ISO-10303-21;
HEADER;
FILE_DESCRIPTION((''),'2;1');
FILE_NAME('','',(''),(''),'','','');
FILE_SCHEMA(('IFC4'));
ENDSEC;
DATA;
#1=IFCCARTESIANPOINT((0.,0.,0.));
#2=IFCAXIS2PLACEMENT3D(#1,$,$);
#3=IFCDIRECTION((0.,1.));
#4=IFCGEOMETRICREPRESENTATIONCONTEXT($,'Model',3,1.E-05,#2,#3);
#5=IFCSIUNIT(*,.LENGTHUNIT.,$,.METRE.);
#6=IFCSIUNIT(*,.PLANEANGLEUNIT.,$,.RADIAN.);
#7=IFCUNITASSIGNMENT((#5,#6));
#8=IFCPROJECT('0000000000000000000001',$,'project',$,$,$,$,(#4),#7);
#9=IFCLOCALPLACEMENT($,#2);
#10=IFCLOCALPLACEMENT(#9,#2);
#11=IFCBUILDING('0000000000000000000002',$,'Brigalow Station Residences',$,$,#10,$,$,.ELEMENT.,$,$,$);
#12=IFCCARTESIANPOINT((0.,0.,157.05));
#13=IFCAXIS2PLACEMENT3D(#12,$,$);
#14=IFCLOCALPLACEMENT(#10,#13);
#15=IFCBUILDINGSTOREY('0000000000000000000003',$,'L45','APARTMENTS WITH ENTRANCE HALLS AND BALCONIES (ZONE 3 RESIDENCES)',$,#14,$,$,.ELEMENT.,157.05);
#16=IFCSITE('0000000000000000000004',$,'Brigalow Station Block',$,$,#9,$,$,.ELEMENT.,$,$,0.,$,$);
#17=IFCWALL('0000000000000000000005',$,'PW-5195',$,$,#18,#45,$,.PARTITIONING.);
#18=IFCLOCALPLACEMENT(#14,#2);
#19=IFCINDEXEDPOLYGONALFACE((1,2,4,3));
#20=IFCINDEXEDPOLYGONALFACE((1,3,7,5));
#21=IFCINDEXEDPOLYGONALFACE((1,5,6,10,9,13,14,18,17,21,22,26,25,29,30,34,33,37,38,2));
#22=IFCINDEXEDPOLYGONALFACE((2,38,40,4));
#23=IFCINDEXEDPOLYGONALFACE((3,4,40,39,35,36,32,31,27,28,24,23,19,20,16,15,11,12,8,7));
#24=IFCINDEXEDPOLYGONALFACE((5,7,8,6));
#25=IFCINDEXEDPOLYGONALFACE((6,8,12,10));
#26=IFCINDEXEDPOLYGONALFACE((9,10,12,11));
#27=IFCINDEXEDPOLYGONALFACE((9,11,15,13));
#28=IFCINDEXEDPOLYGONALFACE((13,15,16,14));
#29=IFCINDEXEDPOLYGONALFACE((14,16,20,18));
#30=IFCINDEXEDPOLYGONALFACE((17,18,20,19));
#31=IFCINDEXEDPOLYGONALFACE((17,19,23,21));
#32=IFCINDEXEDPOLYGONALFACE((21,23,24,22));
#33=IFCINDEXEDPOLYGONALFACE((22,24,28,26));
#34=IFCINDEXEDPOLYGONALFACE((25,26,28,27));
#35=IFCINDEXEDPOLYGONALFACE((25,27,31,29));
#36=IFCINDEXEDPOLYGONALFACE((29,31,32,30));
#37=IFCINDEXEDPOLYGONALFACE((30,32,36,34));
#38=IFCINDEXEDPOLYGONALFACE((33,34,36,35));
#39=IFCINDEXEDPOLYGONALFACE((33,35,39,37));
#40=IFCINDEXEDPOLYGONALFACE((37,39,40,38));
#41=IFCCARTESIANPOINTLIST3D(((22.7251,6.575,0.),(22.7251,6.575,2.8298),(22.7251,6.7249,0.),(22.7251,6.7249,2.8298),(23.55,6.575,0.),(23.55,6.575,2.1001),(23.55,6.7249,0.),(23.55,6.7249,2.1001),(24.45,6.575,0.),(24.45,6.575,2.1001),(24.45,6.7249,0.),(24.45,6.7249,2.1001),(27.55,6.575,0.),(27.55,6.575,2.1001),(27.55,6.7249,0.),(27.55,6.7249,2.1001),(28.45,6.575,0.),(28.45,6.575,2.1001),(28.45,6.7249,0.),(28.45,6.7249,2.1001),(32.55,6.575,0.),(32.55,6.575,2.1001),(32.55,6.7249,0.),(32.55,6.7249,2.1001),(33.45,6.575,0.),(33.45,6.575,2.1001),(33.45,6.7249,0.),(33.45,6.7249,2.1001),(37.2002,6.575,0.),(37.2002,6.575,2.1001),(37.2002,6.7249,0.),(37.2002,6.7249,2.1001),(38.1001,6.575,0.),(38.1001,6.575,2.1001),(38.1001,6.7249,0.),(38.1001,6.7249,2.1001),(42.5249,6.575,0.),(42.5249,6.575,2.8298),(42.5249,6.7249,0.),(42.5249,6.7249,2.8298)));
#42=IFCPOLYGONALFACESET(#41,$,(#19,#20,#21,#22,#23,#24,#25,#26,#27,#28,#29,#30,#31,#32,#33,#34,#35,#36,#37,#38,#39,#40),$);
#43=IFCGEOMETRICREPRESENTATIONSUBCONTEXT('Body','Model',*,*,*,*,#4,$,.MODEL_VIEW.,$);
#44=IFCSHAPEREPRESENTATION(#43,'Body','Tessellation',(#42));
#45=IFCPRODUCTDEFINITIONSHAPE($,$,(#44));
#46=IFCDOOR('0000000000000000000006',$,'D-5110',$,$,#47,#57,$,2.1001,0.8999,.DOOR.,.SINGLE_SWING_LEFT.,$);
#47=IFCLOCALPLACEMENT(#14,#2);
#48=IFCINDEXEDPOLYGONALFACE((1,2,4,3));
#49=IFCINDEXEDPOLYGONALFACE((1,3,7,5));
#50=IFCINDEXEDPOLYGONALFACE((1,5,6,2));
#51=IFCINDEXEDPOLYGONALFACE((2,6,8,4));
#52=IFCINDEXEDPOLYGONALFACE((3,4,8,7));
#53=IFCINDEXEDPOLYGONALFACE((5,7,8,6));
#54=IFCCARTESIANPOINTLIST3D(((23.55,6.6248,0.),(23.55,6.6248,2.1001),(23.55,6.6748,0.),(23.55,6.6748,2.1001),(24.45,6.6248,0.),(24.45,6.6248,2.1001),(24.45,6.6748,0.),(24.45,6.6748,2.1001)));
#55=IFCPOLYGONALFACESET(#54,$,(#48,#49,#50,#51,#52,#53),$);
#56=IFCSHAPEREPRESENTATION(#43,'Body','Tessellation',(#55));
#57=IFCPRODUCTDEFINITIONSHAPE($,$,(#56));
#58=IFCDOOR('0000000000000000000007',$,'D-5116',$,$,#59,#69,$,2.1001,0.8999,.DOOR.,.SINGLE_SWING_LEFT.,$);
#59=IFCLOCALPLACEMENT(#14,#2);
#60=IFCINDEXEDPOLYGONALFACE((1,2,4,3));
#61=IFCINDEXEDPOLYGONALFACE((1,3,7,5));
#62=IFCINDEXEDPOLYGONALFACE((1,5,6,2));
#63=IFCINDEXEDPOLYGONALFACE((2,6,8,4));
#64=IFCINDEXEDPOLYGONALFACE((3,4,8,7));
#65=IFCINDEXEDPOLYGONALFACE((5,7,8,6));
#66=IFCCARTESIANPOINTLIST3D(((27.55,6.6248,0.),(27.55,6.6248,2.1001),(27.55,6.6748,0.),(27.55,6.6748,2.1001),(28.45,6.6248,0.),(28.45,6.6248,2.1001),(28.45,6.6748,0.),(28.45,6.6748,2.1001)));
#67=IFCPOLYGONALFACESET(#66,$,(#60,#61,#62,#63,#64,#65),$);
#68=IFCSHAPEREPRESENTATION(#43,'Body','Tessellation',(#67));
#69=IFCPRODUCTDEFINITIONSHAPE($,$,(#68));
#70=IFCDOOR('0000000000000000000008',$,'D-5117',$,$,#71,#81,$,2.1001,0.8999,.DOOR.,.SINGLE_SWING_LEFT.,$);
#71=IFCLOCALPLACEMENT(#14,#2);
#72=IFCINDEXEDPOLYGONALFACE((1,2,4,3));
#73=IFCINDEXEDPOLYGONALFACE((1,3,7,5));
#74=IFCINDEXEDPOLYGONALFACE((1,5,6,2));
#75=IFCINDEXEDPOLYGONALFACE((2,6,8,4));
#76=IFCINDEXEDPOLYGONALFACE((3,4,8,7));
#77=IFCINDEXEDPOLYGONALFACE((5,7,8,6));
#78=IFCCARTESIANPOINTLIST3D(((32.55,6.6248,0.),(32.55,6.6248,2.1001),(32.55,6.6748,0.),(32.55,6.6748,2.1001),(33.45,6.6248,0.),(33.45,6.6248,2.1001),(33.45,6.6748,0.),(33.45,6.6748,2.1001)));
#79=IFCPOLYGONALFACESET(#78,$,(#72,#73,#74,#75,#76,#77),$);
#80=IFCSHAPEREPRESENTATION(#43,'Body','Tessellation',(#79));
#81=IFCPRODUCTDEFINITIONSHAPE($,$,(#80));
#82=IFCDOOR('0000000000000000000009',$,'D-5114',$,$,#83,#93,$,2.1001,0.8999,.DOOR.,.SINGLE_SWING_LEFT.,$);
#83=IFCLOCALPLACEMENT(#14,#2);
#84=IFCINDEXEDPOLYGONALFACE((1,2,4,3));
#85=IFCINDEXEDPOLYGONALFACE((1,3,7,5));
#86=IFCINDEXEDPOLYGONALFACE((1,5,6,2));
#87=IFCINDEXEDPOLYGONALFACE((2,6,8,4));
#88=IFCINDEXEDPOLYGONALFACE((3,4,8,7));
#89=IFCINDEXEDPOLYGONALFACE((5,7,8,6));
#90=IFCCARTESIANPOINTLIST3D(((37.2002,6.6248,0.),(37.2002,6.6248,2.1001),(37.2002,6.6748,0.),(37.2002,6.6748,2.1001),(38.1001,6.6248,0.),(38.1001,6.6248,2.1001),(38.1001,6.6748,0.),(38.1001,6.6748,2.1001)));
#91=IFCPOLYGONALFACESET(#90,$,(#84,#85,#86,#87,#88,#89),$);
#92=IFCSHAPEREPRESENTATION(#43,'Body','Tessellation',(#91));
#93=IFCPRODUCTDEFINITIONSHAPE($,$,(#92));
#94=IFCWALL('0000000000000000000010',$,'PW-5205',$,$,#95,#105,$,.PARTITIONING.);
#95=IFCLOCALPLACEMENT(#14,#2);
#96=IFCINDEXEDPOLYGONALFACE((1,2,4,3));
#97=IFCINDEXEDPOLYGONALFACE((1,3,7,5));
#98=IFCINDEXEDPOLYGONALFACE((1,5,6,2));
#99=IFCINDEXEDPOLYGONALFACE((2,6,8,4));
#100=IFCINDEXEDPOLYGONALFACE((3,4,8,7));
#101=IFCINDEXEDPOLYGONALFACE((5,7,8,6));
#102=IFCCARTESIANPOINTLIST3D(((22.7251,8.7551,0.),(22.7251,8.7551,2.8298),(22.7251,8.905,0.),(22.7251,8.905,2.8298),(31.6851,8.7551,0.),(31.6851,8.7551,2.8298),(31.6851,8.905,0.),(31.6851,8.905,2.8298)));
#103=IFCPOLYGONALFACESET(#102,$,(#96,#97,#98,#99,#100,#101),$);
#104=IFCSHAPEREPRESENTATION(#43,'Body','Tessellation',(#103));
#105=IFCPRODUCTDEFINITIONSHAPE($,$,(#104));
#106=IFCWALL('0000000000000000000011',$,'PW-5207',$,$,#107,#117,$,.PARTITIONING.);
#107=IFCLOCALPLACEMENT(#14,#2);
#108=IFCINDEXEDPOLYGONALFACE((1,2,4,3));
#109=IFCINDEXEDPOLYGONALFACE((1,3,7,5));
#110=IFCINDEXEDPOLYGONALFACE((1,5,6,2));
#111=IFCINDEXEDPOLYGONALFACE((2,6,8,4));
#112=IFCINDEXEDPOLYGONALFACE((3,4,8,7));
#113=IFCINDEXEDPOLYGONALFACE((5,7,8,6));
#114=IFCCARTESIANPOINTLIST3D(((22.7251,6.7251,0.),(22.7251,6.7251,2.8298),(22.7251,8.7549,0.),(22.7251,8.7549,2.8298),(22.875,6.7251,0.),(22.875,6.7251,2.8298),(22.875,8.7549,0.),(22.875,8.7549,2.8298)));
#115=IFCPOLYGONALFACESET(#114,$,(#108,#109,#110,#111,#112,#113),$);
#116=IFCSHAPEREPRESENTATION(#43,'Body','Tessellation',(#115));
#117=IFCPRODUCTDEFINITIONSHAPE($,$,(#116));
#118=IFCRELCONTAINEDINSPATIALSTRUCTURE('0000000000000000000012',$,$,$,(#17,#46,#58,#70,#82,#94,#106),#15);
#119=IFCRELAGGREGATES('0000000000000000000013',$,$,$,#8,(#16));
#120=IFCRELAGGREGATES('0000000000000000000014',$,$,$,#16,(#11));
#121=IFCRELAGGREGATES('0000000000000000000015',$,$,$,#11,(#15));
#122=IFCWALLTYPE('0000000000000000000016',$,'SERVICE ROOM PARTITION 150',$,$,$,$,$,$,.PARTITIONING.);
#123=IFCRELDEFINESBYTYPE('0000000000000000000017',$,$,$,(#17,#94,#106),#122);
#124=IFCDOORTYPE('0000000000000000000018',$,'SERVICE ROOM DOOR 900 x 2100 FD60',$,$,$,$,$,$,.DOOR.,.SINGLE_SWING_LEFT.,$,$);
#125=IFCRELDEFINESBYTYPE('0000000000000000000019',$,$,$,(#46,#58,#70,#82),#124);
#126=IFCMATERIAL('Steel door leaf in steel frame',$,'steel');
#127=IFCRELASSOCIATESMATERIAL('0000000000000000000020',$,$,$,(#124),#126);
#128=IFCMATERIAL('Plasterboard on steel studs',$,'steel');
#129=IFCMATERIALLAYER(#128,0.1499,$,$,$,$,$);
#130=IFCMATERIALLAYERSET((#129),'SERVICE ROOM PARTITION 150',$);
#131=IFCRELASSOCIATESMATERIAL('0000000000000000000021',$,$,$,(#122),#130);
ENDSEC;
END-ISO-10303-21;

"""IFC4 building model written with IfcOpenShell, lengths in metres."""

from ifc_helpers import new_model, si_unit, direction, frame, frame_2d, origin, place, context, subcontext, project, spatial, rectangle, extrude, material, layer, layer_set, type_object, element, fill, save


model = new_model("IFC4")

# Units and contexts
model_context = context("Model", 3, precision=1e-05, world=origin(), true_north=direction((0.0, 1.0)))
body_context = subcontext(model_context, "Body", "Model", "MODEL_VIEW")
ifc_project = project(units=[si_unit("LENGTHUNIT", "METRE"), si_unit("PLANEANGLEUNIT", "RADIAN")], contexts=[model_context])

# Site, building, storey
site_placement = place(None, origin())
site = spatial("IfcSite", under=ifc_project, at=site_placement, Name="Brigalow Station Block", CompositionType="ELEMENT", RefElevation=0.0)
building_placement = place(site_placement, origin())
building = spatial("IfcBuilding", under=site, at=building_placement, Name="Brigalow Station Residences", CompositionType="ELEMENT")
storey_placement = place(building_placement, frame((0.0, 0.0, 157.05)))
storey = spatial("IfcBuildingStorey", under=building, at=storey_placement, Name="L45", Description="APARTMENTS WITH ENTRANCE HALLS AND BALCONIES (ZONE 3 RESIDENCES)", CompositionType="ELEMENT", Elevation=157.05)

# Wall, openings, doors
ifc_material_1 = material(Name="Steel door leaf in steel frame", Category="steel")
door_type_1 = type_object("IfcDoorType", Name="SERVICE ROOM DOOR 900 x 2100 FD60", OperationType="SINGLE_SWING_LEFT", PredefinedType="DOOR", material=ifc_material_1)
ifc_material_2 = material(Name="Plasterboard on steel studs", Category="steel")
ifc_layer_1 = layer(ifc_material_2, 0.1499)
ifc_layer_set_1 = layer_set([ifc_layer_1], Name="SERVICE ROOM PARTITION 150")
wall_type_1 = type_object("IfcWallType", Name="SERVICE ROOM PARTITION 150", PredefinedType="PARTITIONING", material=ifc_layer_set_1)
wall_1_placement = place(storey_placement, frame((22.7251, 6.6499, 0.0), z_axis=(0.0, 0.0, 1.0), x_axis=(1.0, 0.0, 0.0)))
wall_1 = element("IfcWall", 1, at=wall_1_placement, inside=storey, type_object=wall_type_1, Name="PW-5195", PredefinedType="PARTITIONING", context=body_context, shape_type="SweptSolid", body=[
    extrude(rectangle(XDim=19.7998, YDim=0.1499, at=frame_2d((9.8999, 0.0))), origin(), (0.0, 0.0, 1.0), 2.8298),
])
opening_1_placement = place(wall_1_placement, frame((0.825, 0.0, 0.0)))
opening_1 = element("IfcOpeningElement", 2, at=opening_1_placement, cuts=wall_1, PredefinedType="OPENING", context=body_context, shape_type="SweptSolid", body=[
    extrude(rectangle(XDim=0.8999, YDim=2.1001, at=frame_2d((0.45, 1.05))), frame((0.0, 0.085, 0.0), z_axis=(0.0, -1.0, 0.0), x_axis=(1.0, 0.0, 0.0)), (0.0, 0.0, 1.0), 0.1699),
])
opening_2_placement = place(wall_1_placement, frame((4.825, 0.0, 0.0)))
opening_2 = element("IfcOpeningElement", 3, at=opening_2_placement, cuts=wall_1, PredefinedType="OPENING", context=body_context, shape_type="SweptSolid", body=[
    extrude(rectangle(XDim=0.8999, YDim=2.1001, at=frame_2d((0.45, 1.05))), frame((0.0, 0.085, 0.0), z_axis=(0.0, -1.0, 0.0), x_axis=(1.0, 0.0, 0.0)), (0.0, 0.0, 1.0), 0.1699),
])
opening_3_placement = place(wall_1_placement, frame((9.825, 0.0, 0.0)))
opening_3 = element("IfcOpeningElement", 4, at=opening_3_placement, cuts=wall_1, PredefinedType="OPENING", context=body_context, shape_type="SweptSolid", body=[
    extrude(rectangle(XDim=0.8999, YDim=2.1001, at=frame_2d((0.45, 1.05))), frame((0.0, 0.085, 0.0), z_axis=(0.0, -1.0, 0.0), x_axis=(1.0, 0.0, 0.0)), (0.0, 0.0, 1.0), 0.1699),
])
opening_4_placement = place(wall_1_placement, frame((14.4751, 0.0, 0.0)))
opening_4 = element("IfcOpeningElement", 5, at=opening_4_placement, cuts=wall_1, PredefinedType="OPENING", context=body_context, shape_type="SweptSolid", body=[
    extrude(rectangle(XDim=0.8999, YDim=2.1001, at=frame_2d((0.45, 1.05))), frame((0.0, 0.085, 0.0), z_axis=(0.0, -1.0, 0.0), x_axis=(1.0, 0.0, 0.0)), (0.0, 0.0, 1.0), 0.1699),
])
door_1_placement = place(opening_1_placement, origin())
door_1 = element("IfcDoor", 6, at=door_1_placement, inside=storey, type_object=door_type_1, Name="D-5110", OperationType="SINGLE_SWING_LEFT", OverallHeight=2.1001, OverallWidth=0.8999, PredefinedType="DOOR", context=body_context, shape_type="SweptSolid", body=[
    extrude(rectangle(XDim=0.8999, YDim=2.1001, at=frame_2d((0.45, 1.05))), frame((0.0, 0.0249, 0.0), z_axis=(0.0, -1.0, 0.0), x_axis=(1.0, 0.0, 0.0)), (0.0, 0.0, 1.0), 0.05),
])
fill(opening_1, door_1)
door_2_placement = place(opening_2_placement, origin())
door_2 = element("IfcDoor", 7, at=door_2_placement, inside=storey, type_object=door_type_1, Name="D-5116", OperationType="SINGLE_SWING_LEFT", OverallHeight=2.1001, OverallWidth=0.8999, PredefinedType="DOOR", context=body_context, shape_type="SweptSolid", body=[
    extrude(rectangle(XDim=0.8999, YDim=2.1001, at=frame_2d((0.45, 1.05))), frame((0.0, 0.0249, 0.0), z_axis=(0.0, -1.0, 0.0), x_axis=(1.0, 0.0, 0.0)), (0.0, 0.0, 1.0), 0.05),
])
fill(opening_2, door_2)
door_3_placement = place(opening_3_placement, origin())
door_3 = element("IfcDoor", 8, at=door_3_placement, inside=storey, type_object=door_type_1, Name="D-5117", OperationType="SINGLE_SWING_LEFT", OverallHeight=2.1001, OverallWidth=0.8999, PredefinedType="DOOR", context=body_context, shape_type="SweptSolid", body=[
    extrude(rectangle(XDim=0.8999, YDim=2.1001, at=frame_2d((0.45, 1.05))), frame((0.0, 0.0249, 0.0), z_axis=(0.0, -1.0, 0.0), x_axis=(1.0, 0.0, 0.0)), (0.0, 0.0, 1.0), 0.05),
])
fill(opening_3, door_3)
door_4_placement = place(opening_4_placement, origin())
door_4 = element("IfcDoor", 9, at=door_4_placement, inside=storey, type_object=door_type_1, Name="D-5114", OperationType="SINGLE_SWING_LEFT", OverallHeight=2.1001, OverallWidth=0.8999, PredefinedType="DOOR", context=body_context, shape_type="SweptSolid", body=[
    extrude(rectangle(XDim=0.8999, YDim=2.1001, at=frame_2d((0.45, 1.05))), frame((0.0, 0.0249, 0.0), z_axis=(0.0, -1.0, 0.0), x_axis=(1.0, 0.0, 0.0)), (0.0, 0.0, 1.0), 0.05),
])
fill(opening_4, door_4)

# Walls
wall_2_placement = place(storey_placement, frame((22.7251, 8.8301, 0.0), z_axis=(0.0, 0.0, 1.0), x_axis=(1.0, 0.0, 0.0)))
element("IfcWall", 10, at=wall_2_placement, inside=storey, type_object=wall_type_1, Name="PW-5205", PredefinedType="PARTITIONING", context=body_context, shape_type="SweptSolid", body=[
    extrude(rectangle(XDim=8.96, YDim=0.1499, at=frame_2d((4.48, 0.0))), origin(), (0.0, 0.0, 1.0), 2.8298),
])
wall_3_placement = place(storey_placement, frame((22.8, 6.7251, 0.0), z_axis=(0.0, 0.0, 1.0), x_axis=(0.0, 1.0, 0.0)))
element("IfcWall", 11, at=wall_3_placement, inside=storey, type_object=wall_type_1, Name="PW-5207", PredefinedType="PARTITIONING", context=body_context, shape_type="SweptSolid", body=[
    extrude(rectangle(XDim=2.0298, YDim=0.1499, at=frame_2d((1.0149, 0.0))), origin(), (0.0, 0.0, 1.0), 2.8298),
])

save(model, "model.ifc")
